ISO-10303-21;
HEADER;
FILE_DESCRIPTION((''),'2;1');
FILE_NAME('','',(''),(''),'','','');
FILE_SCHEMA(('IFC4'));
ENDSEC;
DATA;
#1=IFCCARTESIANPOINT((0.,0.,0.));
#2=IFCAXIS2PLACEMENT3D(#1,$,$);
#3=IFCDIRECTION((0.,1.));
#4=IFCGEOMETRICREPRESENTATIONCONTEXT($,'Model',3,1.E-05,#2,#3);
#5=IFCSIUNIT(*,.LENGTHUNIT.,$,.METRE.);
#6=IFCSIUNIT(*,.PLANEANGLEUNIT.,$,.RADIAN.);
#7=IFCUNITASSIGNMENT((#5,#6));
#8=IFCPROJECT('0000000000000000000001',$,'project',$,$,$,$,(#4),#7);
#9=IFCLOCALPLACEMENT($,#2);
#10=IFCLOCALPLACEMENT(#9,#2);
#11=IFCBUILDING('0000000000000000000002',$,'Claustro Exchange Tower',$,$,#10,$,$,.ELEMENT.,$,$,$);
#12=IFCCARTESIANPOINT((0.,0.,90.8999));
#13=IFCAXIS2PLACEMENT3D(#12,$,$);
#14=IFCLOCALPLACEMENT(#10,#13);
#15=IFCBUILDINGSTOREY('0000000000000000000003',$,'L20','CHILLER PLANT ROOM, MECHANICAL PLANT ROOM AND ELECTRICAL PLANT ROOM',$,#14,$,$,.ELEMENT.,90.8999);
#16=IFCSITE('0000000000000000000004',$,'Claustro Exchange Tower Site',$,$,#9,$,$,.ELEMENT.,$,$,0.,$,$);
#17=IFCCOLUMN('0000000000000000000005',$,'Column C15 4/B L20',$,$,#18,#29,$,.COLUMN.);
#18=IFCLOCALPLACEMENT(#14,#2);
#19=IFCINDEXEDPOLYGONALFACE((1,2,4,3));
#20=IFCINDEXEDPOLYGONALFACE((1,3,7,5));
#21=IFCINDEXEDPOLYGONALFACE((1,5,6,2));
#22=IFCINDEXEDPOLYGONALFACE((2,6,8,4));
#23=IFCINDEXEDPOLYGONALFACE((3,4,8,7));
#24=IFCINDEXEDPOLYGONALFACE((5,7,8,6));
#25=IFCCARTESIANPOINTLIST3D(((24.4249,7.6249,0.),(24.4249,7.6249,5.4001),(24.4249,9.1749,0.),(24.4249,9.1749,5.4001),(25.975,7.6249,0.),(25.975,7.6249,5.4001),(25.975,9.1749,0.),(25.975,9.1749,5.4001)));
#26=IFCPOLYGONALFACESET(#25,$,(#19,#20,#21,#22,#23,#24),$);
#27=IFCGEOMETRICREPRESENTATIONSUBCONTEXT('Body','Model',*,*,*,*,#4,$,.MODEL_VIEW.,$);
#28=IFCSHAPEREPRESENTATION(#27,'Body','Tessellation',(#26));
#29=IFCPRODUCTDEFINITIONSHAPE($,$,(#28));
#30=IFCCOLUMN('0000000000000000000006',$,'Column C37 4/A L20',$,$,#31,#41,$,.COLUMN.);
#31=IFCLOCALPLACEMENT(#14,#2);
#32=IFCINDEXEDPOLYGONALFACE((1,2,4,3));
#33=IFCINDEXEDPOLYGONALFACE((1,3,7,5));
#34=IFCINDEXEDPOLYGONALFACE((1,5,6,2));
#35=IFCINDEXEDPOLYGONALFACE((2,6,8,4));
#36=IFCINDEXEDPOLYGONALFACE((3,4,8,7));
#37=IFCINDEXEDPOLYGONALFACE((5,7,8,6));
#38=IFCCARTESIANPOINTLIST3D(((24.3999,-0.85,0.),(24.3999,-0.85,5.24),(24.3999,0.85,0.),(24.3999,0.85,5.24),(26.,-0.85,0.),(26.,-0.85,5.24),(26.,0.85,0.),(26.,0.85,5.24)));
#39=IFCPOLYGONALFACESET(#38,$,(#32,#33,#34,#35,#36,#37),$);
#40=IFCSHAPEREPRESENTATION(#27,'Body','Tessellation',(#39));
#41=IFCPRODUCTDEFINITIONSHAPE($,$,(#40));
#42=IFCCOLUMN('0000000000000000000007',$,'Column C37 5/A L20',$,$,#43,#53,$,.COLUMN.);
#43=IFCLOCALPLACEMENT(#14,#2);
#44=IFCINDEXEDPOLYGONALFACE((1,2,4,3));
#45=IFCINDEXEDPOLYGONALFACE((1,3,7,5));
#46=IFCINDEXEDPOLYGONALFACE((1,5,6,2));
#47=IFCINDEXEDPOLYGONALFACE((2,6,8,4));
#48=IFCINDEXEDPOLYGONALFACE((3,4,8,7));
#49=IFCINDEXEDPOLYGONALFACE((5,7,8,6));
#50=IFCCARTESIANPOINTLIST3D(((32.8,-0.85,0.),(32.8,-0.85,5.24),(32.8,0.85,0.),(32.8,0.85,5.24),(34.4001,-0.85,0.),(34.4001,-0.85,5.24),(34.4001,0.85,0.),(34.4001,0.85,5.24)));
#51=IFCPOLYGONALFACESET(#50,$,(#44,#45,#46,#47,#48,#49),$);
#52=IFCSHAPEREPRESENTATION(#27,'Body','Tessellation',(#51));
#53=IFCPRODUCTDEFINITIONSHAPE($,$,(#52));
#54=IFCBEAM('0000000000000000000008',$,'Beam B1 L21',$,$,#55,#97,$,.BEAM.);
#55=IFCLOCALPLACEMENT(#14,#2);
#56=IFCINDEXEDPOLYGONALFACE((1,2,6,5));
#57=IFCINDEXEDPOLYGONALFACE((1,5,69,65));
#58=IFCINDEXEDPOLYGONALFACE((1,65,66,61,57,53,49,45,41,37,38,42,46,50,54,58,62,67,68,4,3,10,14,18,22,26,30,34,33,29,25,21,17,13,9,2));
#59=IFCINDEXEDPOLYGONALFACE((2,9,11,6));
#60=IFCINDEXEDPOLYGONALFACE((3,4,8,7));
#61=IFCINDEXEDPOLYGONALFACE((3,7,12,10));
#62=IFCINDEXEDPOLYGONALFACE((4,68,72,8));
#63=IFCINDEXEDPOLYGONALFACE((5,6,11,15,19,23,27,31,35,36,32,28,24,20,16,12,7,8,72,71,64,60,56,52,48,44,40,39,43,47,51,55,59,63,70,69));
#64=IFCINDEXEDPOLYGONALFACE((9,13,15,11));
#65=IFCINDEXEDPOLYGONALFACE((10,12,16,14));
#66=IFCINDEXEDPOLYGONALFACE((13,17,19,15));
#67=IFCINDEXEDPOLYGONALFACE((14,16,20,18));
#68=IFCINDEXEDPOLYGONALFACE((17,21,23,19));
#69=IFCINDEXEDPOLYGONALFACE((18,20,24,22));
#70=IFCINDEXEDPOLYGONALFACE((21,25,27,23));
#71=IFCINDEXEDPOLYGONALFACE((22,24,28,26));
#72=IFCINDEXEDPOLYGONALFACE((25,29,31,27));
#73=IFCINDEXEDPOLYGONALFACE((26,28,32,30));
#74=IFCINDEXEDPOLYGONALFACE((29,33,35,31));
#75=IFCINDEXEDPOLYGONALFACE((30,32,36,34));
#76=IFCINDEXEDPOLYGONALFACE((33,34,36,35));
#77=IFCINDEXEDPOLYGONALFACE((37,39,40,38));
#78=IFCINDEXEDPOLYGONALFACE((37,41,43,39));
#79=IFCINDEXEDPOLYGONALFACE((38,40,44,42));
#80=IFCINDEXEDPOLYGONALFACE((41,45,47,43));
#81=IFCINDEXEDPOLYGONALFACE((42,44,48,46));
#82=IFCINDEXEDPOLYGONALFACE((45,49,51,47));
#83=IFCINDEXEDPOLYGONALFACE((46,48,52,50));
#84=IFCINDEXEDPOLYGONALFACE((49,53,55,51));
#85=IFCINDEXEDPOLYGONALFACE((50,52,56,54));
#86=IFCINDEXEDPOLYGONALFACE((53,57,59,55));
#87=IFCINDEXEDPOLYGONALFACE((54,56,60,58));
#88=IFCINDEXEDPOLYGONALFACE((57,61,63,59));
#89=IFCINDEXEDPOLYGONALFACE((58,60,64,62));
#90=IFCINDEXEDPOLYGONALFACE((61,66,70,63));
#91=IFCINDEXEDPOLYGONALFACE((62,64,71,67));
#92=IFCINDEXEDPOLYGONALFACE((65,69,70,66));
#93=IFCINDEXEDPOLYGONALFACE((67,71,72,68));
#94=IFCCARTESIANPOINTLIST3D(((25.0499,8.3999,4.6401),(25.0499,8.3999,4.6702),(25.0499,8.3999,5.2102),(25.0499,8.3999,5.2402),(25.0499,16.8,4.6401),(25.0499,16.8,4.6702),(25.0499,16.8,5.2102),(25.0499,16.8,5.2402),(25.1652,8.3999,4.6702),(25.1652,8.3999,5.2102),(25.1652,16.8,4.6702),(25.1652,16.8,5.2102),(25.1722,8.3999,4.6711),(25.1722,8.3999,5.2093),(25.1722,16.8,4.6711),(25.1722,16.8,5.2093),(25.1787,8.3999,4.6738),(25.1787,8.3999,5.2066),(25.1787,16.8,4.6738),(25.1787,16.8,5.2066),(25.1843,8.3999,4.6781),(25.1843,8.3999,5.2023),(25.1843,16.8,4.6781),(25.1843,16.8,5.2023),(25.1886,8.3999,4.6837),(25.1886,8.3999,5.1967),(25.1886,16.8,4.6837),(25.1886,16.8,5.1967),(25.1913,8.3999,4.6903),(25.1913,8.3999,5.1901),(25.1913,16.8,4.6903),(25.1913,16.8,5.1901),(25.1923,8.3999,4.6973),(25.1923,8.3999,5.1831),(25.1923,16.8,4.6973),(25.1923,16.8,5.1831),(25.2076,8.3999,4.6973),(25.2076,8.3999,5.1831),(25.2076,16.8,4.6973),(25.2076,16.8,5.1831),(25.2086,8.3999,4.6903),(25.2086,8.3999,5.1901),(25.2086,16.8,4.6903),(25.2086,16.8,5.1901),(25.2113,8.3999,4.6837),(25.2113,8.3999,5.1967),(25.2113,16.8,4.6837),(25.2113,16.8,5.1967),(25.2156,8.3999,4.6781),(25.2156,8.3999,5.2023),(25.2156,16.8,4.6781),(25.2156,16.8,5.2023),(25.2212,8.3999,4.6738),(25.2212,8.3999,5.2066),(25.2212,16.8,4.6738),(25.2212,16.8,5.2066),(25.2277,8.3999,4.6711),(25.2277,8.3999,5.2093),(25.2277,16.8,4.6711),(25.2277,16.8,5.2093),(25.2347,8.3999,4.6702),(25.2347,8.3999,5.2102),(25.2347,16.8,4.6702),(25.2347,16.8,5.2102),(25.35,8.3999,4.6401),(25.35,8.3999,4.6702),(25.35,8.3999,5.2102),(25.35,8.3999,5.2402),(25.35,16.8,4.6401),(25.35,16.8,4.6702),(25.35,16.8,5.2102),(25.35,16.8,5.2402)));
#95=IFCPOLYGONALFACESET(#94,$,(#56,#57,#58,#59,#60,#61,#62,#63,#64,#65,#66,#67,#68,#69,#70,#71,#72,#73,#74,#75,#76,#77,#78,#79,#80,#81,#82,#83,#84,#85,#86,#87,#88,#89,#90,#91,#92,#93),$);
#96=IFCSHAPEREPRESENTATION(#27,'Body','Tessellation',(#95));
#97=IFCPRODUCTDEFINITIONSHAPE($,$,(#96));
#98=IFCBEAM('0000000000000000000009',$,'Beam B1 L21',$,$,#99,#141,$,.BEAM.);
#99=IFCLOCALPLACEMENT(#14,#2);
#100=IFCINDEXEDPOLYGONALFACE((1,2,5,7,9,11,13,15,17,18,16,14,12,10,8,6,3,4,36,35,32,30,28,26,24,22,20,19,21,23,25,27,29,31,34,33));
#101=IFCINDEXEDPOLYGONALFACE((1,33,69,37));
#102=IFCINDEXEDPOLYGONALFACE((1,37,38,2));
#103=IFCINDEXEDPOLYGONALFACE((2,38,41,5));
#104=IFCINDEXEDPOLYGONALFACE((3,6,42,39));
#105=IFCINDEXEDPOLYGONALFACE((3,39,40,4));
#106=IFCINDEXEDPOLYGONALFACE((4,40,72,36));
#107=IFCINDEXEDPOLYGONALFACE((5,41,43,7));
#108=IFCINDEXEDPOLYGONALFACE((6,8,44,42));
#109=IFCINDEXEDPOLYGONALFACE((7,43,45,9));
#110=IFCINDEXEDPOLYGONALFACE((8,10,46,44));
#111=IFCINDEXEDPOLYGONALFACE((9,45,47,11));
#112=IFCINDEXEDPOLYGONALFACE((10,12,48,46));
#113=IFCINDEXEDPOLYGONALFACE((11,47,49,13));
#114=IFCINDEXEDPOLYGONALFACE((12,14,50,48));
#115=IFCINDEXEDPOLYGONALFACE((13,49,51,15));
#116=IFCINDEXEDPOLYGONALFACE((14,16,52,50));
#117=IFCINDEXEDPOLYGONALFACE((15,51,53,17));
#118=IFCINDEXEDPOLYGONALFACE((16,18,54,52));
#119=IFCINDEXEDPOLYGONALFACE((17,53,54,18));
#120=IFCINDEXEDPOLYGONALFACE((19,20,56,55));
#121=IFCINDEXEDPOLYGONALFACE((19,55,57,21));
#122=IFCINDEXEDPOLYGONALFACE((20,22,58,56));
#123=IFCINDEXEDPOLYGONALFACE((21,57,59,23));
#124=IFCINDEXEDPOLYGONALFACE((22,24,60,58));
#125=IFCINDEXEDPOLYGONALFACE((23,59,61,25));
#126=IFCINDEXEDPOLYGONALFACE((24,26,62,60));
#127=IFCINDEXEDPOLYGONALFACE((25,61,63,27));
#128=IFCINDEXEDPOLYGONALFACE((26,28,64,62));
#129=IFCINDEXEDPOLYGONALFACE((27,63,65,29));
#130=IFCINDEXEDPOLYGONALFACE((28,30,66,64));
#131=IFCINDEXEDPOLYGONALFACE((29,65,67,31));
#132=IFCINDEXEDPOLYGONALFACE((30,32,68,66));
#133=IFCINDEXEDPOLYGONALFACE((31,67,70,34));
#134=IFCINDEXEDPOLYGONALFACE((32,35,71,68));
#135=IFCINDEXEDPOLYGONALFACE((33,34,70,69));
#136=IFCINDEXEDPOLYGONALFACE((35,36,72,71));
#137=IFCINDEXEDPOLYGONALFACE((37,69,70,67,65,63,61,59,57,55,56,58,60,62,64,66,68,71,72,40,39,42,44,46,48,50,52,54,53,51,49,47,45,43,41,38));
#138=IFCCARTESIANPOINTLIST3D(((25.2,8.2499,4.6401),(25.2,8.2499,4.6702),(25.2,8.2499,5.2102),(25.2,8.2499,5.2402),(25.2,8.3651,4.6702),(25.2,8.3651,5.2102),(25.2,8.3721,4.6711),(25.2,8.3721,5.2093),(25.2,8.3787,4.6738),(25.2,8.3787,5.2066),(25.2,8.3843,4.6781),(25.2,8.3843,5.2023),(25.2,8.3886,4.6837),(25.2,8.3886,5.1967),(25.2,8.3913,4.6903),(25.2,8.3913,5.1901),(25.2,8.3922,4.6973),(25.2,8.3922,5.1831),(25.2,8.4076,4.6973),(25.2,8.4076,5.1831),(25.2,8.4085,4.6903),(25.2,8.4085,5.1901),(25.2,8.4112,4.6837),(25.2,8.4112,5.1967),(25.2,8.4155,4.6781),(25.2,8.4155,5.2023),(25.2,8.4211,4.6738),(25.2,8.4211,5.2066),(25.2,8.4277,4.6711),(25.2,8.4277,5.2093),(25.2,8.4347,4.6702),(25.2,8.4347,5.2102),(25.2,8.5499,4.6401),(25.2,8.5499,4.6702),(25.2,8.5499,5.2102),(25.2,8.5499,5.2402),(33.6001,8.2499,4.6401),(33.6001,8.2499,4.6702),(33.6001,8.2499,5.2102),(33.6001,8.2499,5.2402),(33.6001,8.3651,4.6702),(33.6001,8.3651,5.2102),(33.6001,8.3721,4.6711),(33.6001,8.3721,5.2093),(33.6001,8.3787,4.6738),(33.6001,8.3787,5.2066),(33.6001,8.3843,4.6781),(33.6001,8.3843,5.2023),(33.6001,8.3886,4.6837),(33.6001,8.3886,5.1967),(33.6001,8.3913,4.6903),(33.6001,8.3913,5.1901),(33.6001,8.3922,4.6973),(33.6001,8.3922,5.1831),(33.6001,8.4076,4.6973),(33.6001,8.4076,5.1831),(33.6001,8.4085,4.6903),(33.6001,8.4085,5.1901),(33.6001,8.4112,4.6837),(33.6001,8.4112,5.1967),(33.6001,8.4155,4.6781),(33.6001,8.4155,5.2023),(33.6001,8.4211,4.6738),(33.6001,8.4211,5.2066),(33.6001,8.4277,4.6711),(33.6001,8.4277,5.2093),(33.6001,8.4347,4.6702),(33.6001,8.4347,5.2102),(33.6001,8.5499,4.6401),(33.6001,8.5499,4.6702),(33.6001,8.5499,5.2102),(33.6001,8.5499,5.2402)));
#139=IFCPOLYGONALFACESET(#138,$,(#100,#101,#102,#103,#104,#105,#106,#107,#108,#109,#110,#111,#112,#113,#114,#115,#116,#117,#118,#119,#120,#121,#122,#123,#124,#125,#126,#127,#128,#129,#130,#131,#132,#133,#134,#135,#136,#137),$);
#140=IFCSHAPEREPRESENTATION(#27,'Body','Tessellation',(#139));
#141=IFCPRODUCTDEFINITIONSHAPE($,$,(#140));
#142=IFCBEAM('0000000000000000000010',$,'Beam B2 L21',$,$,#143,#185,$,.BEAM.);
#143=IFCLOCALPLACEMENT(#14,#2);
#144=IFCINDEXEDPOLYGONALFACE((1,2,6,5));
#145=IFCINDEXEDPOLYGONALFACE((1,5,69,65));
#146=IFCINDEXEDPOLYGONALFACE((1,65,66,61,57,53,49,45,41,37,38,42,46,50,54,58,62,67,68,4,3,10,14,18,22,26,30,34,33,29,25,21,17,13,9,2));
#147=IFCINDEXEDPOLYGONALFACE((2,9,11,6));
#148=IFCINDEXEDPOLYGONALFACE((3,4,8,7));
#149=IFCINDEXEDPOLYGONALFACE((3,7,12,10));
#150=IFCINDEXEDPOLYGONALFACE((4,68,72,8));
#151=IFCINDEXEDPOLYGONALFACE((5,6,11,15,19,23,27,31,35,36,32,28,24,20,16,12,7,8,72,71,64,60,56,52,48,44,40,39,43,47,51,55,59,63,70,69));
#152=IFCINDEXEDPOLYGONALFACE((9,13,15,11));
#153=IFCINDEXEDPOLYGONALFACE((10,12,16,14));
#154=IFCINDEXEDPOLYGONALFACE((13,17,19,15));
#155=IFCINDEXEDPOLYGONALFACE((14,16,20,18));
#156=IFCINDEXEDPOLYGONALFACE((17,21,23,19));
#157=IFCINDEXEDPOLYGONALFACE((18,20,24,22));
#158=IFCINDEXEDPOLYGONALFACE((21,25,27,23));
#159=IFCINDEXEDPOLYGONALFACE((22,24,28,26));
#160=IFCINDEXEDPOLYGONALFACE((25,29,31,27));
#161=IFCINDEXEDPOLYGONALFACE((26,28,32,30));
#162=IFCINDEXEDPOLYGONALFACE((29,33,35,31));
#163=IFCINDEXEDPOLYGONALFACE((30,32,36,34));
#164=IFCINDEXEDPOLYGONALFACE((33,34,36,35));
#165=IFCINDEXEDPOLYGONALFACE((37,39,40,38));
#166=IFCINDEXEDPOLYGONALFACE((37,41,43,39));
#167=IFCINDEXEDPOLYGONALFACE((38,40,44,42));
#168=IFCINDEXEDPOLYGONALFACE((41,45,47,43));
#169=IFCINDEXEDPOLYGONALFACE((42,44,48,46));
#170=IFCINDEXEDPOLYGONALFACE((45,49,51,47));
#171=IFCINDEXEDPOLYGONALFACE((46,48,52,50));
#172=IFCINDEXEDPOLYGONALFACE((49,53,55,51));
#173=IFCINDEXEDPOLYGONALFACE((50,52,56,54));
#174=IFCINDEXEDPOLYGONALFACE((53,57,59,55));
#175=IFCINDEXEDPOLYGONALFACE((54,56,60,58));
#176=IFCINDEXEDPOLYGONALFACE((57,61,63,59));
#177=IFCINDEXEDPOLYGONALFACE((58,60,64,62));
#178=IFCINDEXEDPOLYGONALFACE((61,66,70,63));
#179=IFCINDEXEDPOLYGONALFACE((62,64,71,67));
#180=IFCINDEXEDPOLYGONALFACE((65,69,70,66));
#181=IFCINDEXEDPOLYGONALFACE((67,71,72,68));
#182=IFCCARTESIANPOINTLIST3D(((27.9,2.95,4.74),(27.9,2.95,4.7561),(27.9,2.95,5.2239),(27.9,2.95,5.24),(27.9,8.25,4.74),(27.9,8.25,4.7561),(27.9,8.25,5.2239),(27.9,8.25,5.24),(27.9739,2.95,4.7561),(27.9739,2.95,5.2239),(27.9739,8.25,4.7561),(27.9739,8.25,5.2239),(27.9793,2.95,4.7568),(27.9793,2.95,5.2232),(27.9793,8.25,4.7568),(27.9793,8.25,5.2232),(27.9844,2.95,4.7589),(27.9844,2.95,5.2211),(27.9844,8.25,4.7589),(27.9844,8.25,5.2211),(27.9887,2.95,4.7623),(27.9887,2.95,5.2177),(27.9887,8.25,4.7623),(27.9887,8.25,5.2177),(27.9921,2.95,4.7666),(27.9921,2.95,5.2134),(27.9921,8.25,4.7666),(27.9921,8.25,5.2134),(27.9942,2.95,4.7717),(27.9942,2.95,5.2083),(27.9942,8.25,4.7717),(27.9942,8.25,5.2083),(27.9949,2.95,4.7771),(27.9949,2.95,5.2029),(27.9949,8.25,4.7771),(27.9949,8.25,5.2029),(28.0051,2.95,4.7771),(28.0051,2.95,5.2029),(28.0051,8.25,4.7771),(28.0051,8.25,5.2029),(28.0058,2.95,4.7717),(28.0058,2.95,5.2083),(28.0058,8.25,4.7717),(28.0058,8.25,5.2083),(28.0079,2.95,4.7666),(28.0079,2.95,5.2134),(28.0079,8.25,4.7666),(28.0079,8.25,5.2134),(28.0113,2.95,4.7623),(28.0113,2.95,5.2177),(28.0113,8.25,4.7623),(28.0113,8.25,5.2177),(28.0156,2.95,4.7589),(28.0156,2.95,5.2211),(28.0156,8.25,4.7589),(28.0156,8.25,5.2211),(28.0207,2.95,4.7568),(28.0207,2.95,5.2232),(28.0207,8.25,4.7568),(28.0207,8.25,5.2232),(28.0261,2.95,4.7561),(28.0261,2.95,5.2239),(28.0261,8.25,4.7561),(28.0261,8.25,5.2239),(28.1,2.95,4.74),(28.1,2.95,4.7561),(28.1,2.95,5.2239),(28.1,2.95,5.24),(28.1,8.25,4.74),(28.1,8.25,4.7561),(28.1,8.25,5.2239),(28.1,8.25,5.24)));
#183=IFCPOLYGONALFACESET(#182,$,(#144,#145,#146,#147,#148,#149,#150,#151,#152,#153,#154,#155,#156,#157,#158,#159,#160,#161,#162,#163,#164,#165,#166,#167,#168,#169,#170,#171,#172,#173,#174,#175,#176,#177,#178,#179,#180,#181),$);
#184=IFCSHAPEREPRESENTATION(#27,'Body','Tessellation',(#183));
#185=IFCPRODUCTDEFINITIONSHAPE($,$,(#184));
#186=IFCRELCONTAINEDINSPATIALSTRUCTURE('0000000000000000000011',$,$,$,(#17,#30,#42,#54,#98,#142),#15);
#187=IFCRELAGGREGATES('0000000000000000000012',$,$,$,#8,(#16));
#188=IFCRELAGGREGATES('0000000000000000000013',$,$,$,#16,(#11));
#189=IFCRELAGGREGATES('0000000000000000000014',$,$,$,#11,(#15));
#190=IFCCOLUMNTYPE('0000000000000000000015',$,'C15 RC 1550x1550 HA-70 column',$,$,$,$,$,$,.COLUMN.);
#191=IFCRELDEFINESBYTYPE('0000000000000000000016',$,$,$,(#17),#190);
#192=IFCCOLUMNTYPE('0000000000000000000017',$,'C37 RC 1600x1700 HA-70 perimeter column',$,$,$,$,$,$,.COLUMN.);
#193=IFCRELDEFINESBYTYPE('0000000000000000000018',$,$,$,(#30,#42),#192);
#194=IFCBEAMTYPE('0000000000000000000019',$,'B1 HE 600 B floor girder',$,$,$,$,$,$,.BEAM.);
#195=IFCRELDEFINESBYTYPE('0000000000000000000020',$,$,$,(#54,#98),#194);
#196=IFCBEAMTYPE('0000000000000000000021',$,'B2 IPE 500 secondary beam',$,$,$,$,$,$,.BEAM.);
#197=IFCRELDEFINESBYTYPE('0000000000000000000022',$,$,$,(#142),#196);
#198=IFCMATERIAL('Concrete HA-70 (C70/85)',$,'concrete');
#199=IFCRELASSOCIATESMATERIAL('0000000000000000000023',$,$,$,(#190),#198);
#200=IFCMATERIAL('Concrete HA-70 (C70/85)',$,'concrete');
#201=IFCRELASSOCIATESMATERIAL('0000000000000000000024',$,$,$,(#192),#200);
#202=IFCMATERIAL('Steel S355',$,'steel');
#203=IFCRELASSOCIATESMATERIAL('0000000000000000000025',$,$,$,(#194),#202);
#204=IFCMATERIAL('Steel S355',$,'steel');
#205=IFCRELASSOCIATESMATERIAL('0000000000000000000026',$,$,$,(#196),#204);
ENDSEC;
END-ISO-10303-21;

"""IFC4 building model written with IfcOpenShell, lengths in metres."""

from ifc_helpers import new_model, si_unit, direction, frame, origin, origin_2d, place, context, subcontext, project, spatial, rectangle, i_section, extrude, material, material_profile, profile_set, type_object, element, save


model = new_model("IFC4")

# Units and contexts
model_context = context("Model", 3, precision=1e-05, world=origin(), true_north=direction((0.0, 1.0)))
body_context = subcontext(model_context, "Body", "Model", "MODEL_VIEW")
ifc_project = project(units=[si_unit("LENGTHUNIT", "METRE"), si_unit("PLANEANGLEUNIT", "RADIAN")], contexts=[model_context])

# Site, building, storey
site_placement = place(None, origin())
site = spatial("IfcSite", under=ifc_project, at=site_placement, Name="Claustro Exchange Tower Site", CompositionType="ELEMENT", RefElevation=0.0)
building_placement = place(site_placement, origin())
building = spatial("IfcBuilding", under=site, at=building_placement, Name="Claustro Exchange Tower", CompositionType="ELEMENT")
storey_placement = place(building_placement, frame((0.0, 0.0, 90.8999)))
storey = spatial("IfcBuildingStorey", under=building, at=storey_placement, Name="L20", Description="CHILLER PLANT ROOM, MECHANICAL PLANT ROOM AND ELECTRICAL PLANT ROOM", CompositionType="ELEMENT", Elevation=90.8999)

# Columns
ifc_material_1 = material(Name="Concrete HA-70 (C70/85)", Category="concrete")
ifc_material_profile_1 = material_profile(ifc_material_1, rectangle(XDim=1.55, YDim=1.55, at=origin_2d()), Name="RC 1550x1550")
ifc_profile_set_1 = profile_set([ifc_material_profile_1], Name="Concrete HA-70 (C70/85)")
column_type_1 = type_object("IfcColumnType", Name="C15 RC 1550x1550 HA-70 column", PredefinedType="COLUMN", material=ifc_profile_set_1)
column_placement = place(storey_placement, frame((25.2, 8.3999, 0.0), z_axis=(0.0, 0.0, 1.0), x_axis=(1.0, 0.0, 0.0)))
element("IfcColumn", 1, at=column_placement, inside=storey, type_object=column_type_1, Name="Column C15 4/B L20", PredefinedType="COLUMN", context=body_context, shape_type="SweptSolid", body=[
    extrude(rectangle(XDim=1.55, YDim=1.55, at=origin_2d()), origin(), (0.0, 0.0, 1.0), 5.4001),
])
ifc_material_2 = material(Name="Concrete HA-70 (C70/85)", Category="concrete")
ifc_material_profile_2 = material_profile(ifc_material_2, rectangle(XDim=1.6001, YDim=1.7, at=origin_2d()), Name="RC 1600x1700")
ifc_profile_set_2 = profile_set([ifc_material_profile_2], Name="Concrete HA-70 (C70/85)")
column_type_2 = type_object("IfcColumnType", Name="C37 RC 1600x1700 HA-70 perimeter column", PredefinedType="COLUMN", material=ifc_profile_set_2)
for number, where, z_axis, x_axis, name in (
    (2, (25.2, 0.0, 0.0), (0.0, 0.0, 1.0), (1.0, 0.0, 0.0), "Column C37 4/A L20"),
    (3, (33.6001, 0.0, 0.0), (0.0, 0.0, 1.0), (1.0, 0.0, 0.0), "Column C37 5/A L20"),
):
    element("IfcColumn", number, at=place(storey_placement, frame(where, z_axis=z_axis, x_axis=x_axis)), inside=storey, type_object=column_type_2, Name=name, PredefinedType="COLUMN", context=body_context, shape_type="SweptSolid", body=[
        extrude(rectangle(XDim=1.6001, YDim=1.7, at=origin_2d()), origin(), (0.0, 0.0, 1.0), 5.24),
    ])

# Beams
ifc_material_3 = material(Name="Steel S355", Category="steel")
ifc_material_profile_3 = material_profile(ifc_material_3, i_section(OverallWidth=0.3, OverallDepth=0.6001, WebThickness=0.0154, FlangeThickness=0.03, FilletRadius=0.0271, at=origin_2d()), Name="HE 600 B")
ifc_profile_set_3 = profile_set([ifc_material_profile_3], Name="Steel S355")
beam_type_1 = type_object("IfcBeamType", Name="B1 HE 600 B floor girder", PredefinedType="BEAM", material=ifc_profile_set_3)
for number, where, z_axis, x_axis, name in (
    (4, (25.2, 8.3999, 4.9402), (0.0, 1.0, 0.0), (-1.0, 0.0, 0.0), "Beam B1 L21"),
    (5, (25.2, 8.3999, 4.9402), (1.0, 0.0, 0.0), (0.0, 1.0, 0.0), "Beam B1 L21"),
):
    element("IfcBeam", number, at=place(storey_placement, frame(where, z_axis=z_axis, x_axis=x_axis)), inside=storey, type_object=beam_type_1, Name=name, PredefinedType="BEAM", context=body_context, shape_type="SweptSolid", body=[
        extrude(i_section(OverallWidth=0.3, OverallDepth=0.6001, WebThickness=0.0154, FlangeThickness=0.03, FilletRadius=0.0271, at=origin_2d()), origin(), (0.0, 0.0, 1.0), 8.4001),
    ])
ifc_material_4 = material(Name="Steel S355", Category="steel")
ifc_material_profile_4 = material_profile(ifc_material_4, i_section(OverallWidth=0.2, OverallDepth=0.5, WebThickness=0.0103, FlangeThickness=0.0161, FilletRadius=0.021, at=origin_2d()), Name="IPE 500")
ifc_profile_set_4 = profile_set([ifc_material_profile_4], Name="Steel S355")
beam_type_2 = type_object("IfcBeamType", Name="B2 IPE 500 secondary beam", PredefinedType="BEAM", material=ifc_profile_set_4)
for number, where, z_axis, x_axis, name in (
    (6, (28.0, 2.95, 4.99), (0.0, 1.0, 0.0), (-1.0, 0.0, 0.0), "Beam B2 L21"),
):
    element("IfcBeam", number, at=place(storey_placement, frame(where, z_axis=z_axis, x_axis=x_axis)), inside=storey, type_object=beam_type_2, Name=name, PredefinedType="BEAM", context=body_context, shape_type="SweptSolid", body=[
        extrude(i_section(OverallWidth=0.2, OverallDepth=0.5, WebThickness=0.0103, FlangeThickness=0.0161, FilletRadius=0.021, at=origin_2d()), origin(), (0.0, 0.0, 1.0), 5.3),
    ])

save(model, "model.ifc")
